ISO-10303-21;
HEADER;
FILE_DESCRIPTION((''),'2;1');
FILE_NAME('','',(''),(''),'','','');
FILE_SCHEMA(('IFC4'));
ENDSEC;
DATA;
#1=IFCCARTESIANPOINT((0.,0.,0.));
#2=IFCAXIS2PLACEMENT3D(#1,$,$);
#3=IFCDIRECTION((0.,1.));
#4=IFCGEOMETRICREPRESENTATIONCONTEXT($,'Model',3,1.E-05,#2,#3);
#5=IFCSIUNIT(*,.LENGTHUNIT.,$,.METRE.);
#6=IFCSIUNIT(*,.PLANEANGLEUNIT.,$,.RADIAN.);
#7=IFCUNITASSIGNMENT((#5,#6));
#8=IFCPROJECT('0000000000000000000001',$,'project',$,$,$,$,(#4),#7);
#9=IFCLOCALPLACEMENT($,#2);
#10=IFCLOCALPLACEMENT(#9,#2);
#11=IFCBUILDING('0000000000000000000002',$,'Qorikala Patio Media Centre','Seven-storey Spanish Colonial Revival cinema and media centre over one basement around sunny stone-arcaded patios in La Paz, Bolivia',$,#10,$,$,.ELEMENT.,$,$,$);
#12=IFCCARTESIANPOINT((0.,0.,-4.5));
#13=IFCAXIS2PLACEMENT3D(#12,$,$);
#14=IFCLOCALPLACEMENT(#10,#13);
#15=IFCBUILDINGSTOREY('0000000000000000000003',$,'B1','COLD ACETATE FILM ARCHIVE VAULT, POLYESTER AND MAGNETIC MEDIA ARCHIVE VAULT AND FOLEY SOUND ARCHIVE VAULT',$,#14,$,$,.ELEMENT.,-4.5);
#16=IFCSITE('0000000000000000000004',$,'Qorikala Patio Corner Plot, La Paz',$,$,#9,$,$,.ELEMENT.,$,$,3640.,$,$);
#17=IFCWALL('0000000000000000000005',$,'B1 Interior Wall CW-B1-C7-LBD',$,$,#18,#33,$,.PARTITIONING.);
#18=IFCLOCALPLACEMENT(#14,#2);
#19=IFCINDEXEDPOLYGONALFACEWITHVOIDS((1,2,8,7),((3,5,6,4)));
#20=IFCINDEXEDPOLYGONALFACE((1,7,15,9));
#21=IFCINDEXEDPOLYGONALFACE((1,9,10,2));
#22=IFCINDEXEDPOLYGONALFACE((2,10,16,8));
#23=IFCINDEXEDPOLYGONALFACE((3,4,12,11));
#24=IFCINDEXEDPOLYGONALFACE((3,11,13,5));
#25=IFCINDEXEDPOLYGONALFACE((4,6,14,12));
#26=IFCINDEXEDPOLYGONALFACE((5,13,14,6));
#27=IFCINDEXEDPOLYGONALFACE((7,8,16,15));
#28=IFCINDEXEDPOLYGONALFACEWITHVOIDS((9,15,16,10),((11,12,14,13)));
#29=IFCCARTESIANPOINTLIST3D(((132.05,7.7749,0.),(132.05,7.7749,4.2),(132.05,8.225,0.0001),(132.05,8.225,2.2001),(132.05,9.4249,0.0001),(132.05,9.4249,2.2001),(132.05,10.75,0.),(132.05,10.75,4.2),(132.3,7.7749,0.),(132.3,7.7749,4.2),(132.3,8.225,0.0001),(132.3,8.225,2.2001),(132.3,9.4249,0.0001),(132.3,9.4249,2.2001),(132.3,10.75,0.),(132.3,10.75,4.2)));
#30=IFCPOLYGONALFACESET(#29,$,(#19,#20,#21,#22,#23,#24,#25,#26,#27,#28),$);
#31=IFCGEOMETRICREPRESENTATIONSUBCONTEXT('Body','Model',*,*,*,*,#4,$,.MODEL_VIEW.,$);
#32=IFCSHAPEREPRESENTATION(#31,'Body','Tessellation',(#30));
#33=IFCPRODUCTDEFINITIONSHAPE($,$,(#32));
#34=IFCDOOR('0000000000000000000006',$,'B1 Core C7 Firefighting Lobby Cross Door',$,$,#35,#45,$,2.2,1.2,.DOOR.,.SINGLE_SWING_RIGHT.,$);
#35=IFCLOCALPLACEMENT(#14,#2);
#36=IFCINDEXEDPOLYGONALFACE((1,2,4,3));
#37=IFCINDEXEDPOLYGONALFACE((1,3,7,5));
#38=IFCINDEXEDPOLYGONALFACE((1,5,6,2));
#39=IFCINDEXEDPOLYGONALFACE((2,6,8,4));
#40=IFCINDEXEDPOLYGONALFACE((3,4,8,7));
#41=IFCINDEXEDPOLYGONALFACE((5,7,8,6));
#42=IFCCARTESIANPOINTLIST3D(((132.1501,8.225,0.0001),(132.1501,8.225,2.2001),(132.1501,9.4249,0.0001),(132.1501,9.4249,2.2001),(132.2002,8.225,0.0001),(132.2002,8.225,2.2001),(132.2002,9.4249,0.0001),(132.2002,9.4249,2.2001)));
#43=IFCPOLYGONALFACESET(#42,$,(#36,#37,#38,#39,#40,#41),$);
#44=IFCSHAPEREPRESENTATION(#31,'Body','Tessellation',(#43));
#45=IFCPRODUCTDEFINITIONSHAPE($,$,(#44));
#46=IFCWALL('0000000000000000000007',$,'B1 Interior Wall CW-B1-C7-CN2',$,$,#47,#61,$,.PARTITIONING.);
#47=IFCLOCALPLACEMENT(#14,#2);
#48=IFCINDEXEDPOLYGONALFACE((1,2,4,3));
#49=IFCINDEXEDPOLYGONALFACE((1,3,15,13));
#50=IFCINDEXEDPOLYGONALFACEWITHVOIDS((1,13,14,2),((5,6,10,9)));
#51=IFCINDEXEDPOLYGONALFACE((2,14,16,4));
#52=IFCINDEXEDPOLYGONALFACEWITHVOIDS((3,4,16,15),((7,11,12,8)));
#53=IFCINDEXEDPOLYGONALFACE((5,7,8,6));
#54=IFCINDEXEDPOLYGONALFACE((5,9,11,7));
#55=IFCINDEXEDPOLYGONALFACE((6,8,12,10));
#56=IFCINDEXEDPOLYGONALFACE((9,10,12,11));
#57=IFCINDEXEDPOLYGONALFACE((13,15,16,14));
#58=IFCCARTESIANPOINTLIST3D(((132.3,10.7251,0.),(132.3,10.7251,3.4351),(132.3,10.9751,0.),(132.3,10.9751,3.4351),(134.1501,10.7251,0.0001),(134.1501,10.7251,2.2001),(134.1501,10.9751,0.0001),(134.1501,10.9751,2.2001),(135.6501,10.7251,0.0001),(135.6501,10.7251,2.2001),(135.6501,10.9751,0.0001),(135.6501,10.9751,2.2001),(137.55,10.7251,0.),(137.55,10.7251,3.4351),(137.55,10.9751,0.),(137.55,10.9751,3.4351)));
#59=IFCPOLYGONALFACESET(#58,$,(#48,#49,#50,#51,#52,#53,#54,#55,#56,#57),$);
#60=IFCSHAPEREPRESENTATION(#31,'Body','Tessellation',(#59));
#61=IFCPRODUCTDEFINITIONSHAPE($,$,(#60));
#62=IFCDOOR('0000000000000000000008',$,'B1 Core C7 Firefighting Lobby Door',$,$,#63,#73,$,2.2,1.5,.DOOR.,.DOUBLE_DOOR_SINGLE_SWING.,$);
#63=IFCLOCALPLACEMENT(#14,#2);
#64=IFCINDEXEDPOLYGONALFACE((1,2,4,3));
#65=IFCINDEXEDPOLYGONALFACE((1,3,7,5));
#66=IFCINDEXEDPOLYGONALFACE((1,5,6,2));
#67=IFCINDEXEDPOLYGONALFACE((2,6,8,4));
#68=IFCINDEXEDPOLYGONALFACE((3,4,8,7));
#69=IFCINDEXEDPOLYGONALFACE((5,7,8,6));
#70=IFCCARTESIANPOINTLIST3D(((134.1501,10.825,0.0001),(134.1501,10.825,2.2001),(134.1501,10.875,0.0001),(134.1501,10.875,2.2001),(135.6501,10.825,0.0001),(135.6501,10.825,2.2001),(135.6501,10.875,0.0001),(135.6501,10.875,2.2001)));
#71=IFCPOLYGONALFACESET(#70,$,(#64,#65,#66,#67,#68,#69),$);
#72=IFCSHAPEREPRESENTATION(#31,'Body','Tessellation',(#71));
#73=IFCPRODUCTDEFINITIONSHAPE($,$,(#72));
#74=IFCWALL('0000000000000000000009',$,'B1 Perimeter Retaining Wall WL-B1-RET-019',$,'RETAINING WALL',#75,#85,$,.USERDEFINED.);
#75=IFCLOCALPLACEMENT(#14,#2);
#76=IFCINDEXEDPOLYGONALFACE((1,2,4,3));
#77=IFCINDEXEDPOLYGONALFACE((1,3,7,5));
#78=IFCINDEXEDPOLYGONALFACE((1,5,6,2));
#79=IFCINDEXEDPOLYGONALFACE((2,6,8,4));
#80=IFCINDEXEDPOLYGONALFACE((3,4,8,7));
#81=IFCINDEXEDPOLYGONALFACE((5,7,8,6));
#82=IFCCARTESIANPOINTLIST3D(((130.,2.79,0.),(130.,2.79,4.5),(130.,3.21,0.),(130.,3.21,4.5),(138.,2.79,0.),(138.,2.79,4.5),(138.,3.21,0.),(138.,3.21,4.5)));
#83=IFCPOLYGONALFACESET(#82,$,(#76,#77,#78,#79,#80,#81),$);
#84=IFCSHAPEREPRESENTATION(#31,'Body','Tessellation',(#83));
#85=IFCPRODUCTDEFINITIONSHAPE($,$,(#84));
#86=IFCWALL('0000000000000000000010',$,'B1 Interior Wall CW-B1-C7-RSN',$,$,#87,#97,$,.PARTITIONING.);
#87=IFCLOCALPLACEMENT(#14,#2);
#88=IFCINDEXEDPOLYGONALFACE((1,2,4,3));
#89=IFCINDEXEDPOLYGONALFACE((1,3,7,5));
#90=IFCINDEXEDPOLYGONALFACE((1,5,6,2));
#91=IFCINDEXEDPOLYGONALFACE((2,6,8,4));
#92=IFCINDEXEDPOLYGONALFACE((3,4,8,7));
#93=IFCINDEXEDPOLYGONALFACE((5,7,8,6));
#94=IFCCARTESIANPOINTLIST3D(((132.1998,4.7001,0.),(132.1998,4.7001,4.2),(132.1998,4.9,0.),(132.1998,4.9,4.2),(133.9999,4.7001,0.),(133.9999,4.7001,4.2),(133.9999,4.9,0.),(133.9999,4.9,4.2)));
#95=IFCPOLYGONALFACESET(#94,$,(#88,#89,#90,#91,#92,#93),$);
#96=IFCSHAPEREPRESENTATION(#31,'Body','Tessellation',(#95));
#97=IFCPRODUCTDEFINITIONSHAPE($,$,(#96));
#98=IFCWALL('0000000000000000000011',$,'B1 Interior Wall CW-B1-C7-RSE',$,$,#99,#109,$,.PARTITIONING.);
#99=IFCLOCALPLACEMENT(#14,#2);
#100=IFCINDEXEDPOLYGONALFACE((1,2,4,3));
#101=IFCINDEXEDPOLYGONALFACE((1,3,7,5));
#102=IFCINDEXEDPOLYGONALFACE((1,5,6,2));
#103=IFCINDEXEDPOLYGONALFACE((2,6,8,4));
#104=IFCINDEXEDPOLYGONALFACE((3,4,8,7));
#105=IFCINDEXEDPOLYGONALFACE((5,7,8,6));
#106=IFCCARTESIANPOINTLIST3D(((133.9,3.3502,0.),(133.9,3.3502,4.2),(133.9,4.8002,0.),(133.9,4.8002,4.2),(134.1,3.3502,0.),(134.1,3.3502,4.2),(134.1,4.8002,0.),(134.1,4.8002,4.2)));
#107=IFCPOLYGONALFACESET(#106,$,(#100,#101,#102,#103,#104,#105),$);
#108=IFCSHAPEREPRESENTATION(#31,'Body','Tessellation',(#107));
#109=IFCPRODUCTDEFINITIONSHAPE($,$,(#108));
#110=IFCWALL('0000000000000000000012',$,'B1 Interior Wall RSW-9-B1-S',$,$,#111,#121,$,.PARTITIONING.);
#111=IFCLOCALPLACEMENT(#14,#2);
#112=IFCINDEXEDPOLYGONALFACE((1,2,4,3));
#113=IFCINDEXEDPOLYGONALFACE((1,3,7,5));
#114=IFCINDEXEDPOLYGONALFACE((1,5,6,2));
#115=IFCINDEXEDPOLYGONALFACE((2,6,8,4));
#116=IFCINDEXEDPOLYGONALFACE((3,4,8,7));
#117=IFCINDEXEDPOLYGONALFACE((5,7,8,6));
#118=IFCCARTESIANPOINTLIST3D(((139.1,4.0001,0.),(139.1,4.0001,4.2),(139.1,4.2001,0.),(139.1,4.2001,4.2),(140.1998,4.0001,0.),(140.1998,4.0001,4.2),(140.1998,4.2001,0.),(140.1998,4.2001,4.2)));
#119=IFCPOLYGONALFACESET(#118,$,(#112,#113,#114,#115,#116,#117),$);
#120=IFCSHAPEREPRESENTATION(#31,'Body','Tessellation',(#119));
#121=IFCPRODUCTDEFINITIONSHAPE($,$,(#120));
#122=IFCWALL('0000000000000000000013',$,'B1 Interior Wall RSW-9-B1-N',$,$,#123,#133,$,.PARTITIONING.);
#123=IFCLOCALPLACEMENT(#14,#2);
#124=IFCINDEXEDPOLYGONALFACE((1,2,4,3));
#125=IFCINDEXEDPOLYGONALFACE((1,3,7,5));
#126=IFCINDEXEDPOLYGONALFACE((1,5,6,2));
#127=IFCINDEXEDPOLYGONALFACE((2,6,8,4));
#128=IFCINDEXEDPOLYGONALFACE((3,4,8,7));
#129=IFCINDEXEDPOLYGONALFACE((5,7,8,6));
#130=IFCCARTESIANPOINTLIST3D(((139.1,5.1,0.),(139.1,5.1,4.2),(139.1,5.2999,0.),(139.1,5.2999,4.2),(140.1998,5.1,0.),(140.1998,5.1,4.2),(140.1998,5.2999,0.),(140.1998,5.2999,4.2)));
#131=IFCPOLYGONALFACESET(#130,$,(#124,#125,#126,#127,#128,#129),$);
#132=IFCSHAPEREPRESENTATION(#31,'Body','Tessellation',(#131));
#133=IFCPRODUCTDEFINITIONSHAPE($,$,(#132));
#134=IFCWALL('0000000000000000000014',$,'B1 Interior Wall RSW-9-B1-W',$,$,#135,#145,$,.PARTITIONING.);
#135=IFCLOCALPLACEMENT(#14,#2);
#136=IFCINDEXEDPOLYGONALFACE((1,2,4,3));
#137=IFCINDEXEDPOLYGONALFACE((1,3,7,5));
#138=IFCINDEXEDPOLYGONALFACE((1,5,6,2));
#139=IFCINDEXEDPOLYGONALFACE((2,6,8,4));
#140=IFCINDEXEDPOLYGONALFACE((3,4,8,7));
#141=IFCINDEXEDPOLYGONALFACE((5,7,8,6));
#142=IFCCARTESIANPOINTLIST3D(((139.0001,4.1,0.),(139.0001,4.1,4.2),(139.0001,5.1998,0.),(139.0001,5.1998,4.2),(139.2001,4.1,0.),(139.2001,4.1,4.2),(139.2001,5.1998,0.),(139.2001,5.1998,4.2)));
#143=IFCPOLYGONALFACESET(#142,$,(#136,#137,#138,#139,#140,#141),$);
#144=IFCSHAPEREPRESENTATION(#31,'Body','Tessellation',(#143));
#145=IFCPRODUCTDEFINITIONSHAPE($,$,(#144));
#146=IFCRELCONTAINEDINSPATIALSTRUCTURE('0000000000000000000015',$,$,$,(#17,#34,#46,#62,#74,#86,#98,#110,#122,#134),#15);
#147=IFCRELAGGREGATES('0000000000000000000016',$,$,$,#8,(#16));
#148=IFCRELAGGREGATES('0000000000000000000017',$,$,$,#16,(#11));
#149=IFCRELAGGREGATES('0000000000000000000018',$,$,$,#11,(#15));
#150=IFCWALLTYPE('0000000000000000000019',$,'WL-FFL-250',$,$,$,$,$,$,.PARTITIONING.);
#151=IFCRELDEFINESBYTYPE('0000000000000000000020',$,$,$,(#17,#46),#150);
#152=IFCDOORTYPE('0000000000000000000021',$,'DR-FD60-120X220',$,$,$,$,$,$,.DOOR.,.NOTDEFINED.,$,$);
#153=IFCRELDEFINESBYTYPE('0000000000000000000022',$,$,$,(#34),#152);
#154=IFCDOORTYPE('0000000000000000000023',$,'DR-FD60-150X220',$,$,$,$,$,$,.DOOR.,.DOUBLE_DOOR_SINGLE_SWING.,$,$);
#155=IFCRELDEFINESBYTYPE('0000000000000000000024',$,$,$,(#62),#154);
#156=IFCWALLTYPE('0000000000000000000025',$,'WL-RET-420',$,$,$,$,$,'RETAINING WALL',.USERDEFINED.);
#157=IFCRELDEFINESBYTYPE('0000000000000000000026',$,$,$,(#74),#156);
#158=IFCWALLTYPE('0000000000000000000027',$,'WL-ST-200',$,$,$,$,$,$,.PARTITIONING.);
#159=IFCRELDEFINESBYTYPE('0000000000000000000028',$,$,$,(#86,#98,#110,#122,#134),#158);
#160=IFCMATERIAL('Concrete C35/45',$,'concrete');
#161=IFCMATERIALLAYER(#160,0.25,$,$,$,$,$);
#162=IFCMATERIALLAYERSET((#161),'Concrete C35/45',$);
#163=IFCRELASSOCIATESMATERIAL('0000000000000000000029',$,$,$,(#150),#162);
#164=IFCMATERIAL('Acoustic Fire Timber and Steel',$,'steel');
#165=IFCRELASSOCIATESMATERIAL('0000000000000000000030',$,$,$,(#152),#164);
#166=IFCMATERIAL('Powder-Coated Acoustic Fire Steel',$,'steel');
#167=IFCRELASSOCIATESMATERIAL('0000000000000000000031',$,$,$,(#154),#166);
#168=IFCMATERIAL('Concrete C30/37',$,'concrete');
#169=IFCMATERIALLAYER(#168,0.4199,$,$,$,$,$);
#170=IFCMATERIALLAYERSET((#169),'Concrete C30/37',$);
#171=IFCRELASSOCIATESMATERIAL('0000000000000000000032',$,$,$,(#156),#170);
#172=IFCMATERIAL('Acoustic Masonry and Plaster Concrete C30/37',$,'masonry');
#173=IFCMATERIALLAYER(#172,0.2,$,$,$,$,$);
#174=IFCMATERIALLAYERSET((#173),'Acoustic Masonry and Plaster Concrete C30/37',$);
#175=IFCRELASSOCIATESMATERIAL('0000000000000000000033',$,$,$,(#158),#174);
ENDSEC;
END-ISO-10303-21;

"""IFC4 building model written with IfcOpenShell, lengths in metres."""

from ifc_helpers import new_model, si_unit, direction, frame, frame_2d, origin, place, context, subcontext, project, spatial, rectangle, extrude, material, layer, layer_set, type_object, element, fill, save


model = new_model("IFC4")

# Units and contexts
model_context = context("Model", 3, precision=1e-05, world=origin(), true_north=direction((0.0, 1.0)))
body_context = subcontext(model_context, "Body", "Model", "MODEL_VIEW")
ifc_project = project(units=[si_unit("LENGTHUNIT", "METRE"), si_unit("PLANEANGLEUNIT", "RADIAN")], contexts=[model_context])

# Site, building, storey
site_placement = place(None, origin())
site = spatial("IfcSite", under=ifc_project, at=site_placement, Name="Qorikala Patio Corner Plot, La Paz", CompositionType="ELEMENT", RefElevation=3640.0)
building_placement = place(site_placement, origin())
building = spatial("IfcBuilding", under=site, at=building_placement, Name="Qorikala Patio Media Centre", Description="Seven-storey Spanish Colonial Revival cinema and media centre over one basement around sunny stone-arcaded patios in La Paz, Bolivia", CompositionType="ELEMENT")
storey_placement = place(building_placement, frame((0.0, 0.0, -4.5)))
storey = spatial("IfcBuildingStorey", under=building, at=storey_placement, Name="B1", Description="COLD ACETATE FILM ARCHIVE VAULT, POLYESTER AND MAGNETIC MEDIA ARCHIVE VAULT AND FOLEY SOUND ARCHIVE VAULT", CompositionType="ELEMENT", Elevation=-4.5)

# Shared definitions
ifc_material_1 = material(Name="Concrete C30/37", Category="concrete")

# Shared definitions
ifc_material_2 = material(Name="Concrete C35/45", Category="concrete")

# Walls, openings, doors
ifc_layer_1 = layer(ifc_material_2, 0.25)
ifc_layer_set_1 = layer_set([ifc_layer_1], Name="Concrete C35/45")
wall_type_1 = type_object("IfcWallType", Name="WL-FFL-250", PredefinedType="PARTITIONING", material=ifc_layer_set_1)
wall_1_placement = place(storey_placement, frame((132.175, 7.7749, 0.0), z_axis=(0.0, 0.0, 1.0), x_axis=(0.0, 1.0, 0.0)))
wall_1 = element("IfcWall", 1, at=wall_1_placement, inside=storey, type_object=wall_type_1, Name="B1 Interior Wall CW-B1-C7-LBD", PredefinedType="PARTITIONING", context=body_context, shape_type="SweptSolid", body=[
    extrude(rectangle(XDim=2.9751, YDim=0.25, at=frame_2d((1.4875, 0.0))), origin(), (0.0, 0.0, 1.0), 4.2),
])
opening_1_placement = place(wall_1_placement, frame((0.45, 0.0, 0.0)))
opening_1 = element("IfcOpeningElement", 2, at=opening_1_placement, cuts=wall_1, PredefinedType="OPENING", context=body_context, shape_type="SweptSolid", body=[
    extrude(rectangle(XDim=1.2, YDim=2.2, at=frame_2d((0.6001, 1.1001))), frame((0.0, 0.135, 0.0), z_axis=(0.0, -1.0, 0.0), x_axis=(1.0, 0.0, 0.0)), (0.0, 0.0, 1.0), 0.27),
])
ifc_material_3 = material(Name="Acoustic Fire Timber and Steel", Category="steel")
door_type_1 = type_object("IfcDoorType", Name="DR-FD60-120X220", OperationType="NOTDEFINED", PredefinedType="DOOR", material=ifc_material_3)
door_1_placement = place(opening_1_placement, origin())
door_1 = element("IfcDoor", 3, at=door_1_placement, inside=storey, type_object=door_type_1, Name="B1 Core C7 Firefighting Lobby Cross Door", OperationType="SINGLE_SWING_RIGHT", OverallHeight=2.2, OverallWidth=1.2, PredefinedType="DOOR", context=body_context, shape_type="SweptSolid", body=[
    extrude(rectangle(XDim=1.2, YDim=2.2, at=frame_2d((0.6001, 1.1001))), frame((0.0, 0.0249, 0.0), z_axis=(0.0, -1.0, 0.0), x_axis=(1.0, 0.0, 0.0)), (0.0, 0.0, 1.0), 0.05),
])
fill(opening_1, door_1)
wall_2_placement = place(storey_placement, frame((132.3, 10.8501, 0.0), z_axis=(0.0, 0.0, 1.0), x_axis=(1.0, 0.0, 0.0)))
wall_2 = element("IfcWall", 4, at=wall_2_placement, inside=storey, type_object=wall_type_1, Name="B1 Interior Wall CW-B1-C7-CN2", PredefinedType="PARTITIONING", context=body_context, shape_type="SweptSolid", body=[
    extrude(rectangle(XDim=5.25, YDim=0.25, at=frame_2d((2.625, 0.0))), origin(), (0.0, 0.0, 1.0), 3.4351),
])
opening_2_placement = place(wall_2_placement, frame((1.8501, 0.0, 0.0)))
opening_2 = element("IfcOpeningElement", 5, at=opening_2_placement, cuts=wall_2, PredefinedType="OPENING", context=body_context, shape_type="SweptSolid", body=[
    extrude(rectangle(XDim=1.5, YDim=2.2, at=frame_2d((0.75, 1.1001))), frame((0.0, 0.135, 0.0), z_axis=(0.0, -1.0, 0.0), x_axis=(1.0, 0.0, 0.0)), (0.0, 0.0, 1.0), 0.27),
])
ifc_material_4 = material(Name="Powder-Coated Acoustic Fire Steel", Category="steel")
door_type_2 = type_object("IfcDoorType", Name="DR-FD60-150X220", OperationType="DOUBLE_DOOR_SINGLE_SWING", PredefinedType="DOOR", material=ifc_material_4)
door_2_placement = place(opening_2_placement, origin())
door_2 = element("IfcDoor", 6, at=door_2_placement, inside=storey, type_object=door_type_2, Name="B1 Core C7 Firefighting Lobby Door", OperationType="DOUBLE_DOOR_SINGLE_SWING", OverallHeight=2.2, OverallWidth=1.5, PredefinedType="DOOR", context=body_context, shape_type="SweptSolid", body=[
    extrude(rectangle(XDim=1.5, YDim=2.2, at=frame_2d((0.75, 1.1001))), frame((0.0, 0.0249, 0.0), z_axis=(0.0, -1.0, 0.0), x_axis=(1.0, 0.0, 0.0)), (0.0, 0.0, 1.0), 0.05),
])
fill(opening_2, door_2)

# Walls
ifc_layer_2 = layer(ifc_material_1, 0.4199)
ifc_layer_set_2 = layer_set([ifc_layer_2], Name="Concrete C30/37")
wall_type_2 = type_object("IfcWallType", Name="WL-RET-420", ElementType="RETAINING WALL", PredefinedType="USERDEFINED", material=ifc_layer_set_2)
wall_3_placement = place(storey_placement, frame((138.0, 3.0, 0.0), z_axis=(0.0, 0.0, 1.0), x_axis=(-1.0, 0.0, 0.0)))
element("IfcWall", 7, at=wall_3_placement, inside=storey, type_object=wall_type_2, Name="B1 Perimeter Retaining Wall WL-B1-RET-019", ObjectType="RETAINING WALL", PredefinedType="USERDEFINED", context=body_context, shape_type="SweptSolid", body=[
    extrude(rectangle(XDim=8.0, YDim=0.4199, at=frame_2d((4.0, 0.0))), origin(), (0.0, 0.0, 1.0), 4.5),
])
ifc_material_5 = material(Name="Acoustic Masonry and Plaster Concrete C30/37", Category="masonry")
ifc_layer_3 = layer(ifc_material_5, 0.2)
ifc_layer_set_3 = layer_set([ifc_layer_3], Name="Acoustic Masonry and Plaster Concrete C30/37")
wall_type_3 = type_object("IfcWallType", Name="WL-ST-200", PredefinedType="PARTITIONING", material=ifc_layer_set_3)
wall_4_placement = place(storey_placement, frame((132.2, 4.8, 0.0), z_axis=(0.0, 0.0, 1.0), x_axis=(1.0, 0.0, 0.0)))
element("IfcWall", 8, at=wall_4_placement, inside=storey, type_object=wall_type_3, Name="B1 Interior Wall CW-B1-C7-RSN", PredefinedType="PARTITIONING", context=body_context, shape_type="SweptSolid", body=[
    extrude(rectangle(XDim=1.8, YDim=0.2, at=frame_2d((0.8999, 0.0))), origin(), (0.0, 0.0, 1.0), 4.2),
])
wall_5_placement = place(storey_placement, frame((134.0, 3.3501, 0.0), z_axis=(0.0, 0.0, 1.0), x_axis=(0.0, 1.0, 0.0)))
element("IfcWall", 9, at=wall_5_placement, inside=storey, type_object=wall_type_3, Name="B1 Interior Wall CW-B1-C7-RSE", PredefinedType="PARTITIONING", context=body_context, shape_type="SweptSolid", body=[
    extrude(rectangle(XDim=1.45, YDim=0.2, at=frame_2d((0.7251, 0.0))), origin(), (0.0, 0.0, 1.0), 4.2),
])
for number, where, z_axis, x_axis, name in (
    (10, (139.1001, 4.1001, 0.0), (0.0, 0.0, 1.0), (1.0, 0.0, 0.0), "B1 Interior Wall RSW-9-B1-S"),
    (11, (139.1001, 5.2, 0.0), (0.0, 0.0, 1.0), (1.0, 0.0, 0.0), "B1 Interior Wall RSW-9-B1-N"),
    (12, (139.1001, 4.1001, 0.0), (0.0, 0.0, 1.0), (0.0, 1.0, 0.0), "B1 Interior Wall RSW-9-B1-W"),
):
    element("IfcWall", number, at=place(storey_placement, frame(where, z_axis=z_axis, x_axis=x_axis)), inside=storey, type_object=wall_type_3, Name=name, PredefinedType="PARTITIONING", context=body_context, shape_type="SweptSolid", body=[
        extrude(rectangle(XDim=1.0999, YDim=0.2, at=frame_2d((0.5498, 0.0))), origin(), (0.0, 0.0, 1.0), 4.2),
    ])

save(model, "model.ifc")
